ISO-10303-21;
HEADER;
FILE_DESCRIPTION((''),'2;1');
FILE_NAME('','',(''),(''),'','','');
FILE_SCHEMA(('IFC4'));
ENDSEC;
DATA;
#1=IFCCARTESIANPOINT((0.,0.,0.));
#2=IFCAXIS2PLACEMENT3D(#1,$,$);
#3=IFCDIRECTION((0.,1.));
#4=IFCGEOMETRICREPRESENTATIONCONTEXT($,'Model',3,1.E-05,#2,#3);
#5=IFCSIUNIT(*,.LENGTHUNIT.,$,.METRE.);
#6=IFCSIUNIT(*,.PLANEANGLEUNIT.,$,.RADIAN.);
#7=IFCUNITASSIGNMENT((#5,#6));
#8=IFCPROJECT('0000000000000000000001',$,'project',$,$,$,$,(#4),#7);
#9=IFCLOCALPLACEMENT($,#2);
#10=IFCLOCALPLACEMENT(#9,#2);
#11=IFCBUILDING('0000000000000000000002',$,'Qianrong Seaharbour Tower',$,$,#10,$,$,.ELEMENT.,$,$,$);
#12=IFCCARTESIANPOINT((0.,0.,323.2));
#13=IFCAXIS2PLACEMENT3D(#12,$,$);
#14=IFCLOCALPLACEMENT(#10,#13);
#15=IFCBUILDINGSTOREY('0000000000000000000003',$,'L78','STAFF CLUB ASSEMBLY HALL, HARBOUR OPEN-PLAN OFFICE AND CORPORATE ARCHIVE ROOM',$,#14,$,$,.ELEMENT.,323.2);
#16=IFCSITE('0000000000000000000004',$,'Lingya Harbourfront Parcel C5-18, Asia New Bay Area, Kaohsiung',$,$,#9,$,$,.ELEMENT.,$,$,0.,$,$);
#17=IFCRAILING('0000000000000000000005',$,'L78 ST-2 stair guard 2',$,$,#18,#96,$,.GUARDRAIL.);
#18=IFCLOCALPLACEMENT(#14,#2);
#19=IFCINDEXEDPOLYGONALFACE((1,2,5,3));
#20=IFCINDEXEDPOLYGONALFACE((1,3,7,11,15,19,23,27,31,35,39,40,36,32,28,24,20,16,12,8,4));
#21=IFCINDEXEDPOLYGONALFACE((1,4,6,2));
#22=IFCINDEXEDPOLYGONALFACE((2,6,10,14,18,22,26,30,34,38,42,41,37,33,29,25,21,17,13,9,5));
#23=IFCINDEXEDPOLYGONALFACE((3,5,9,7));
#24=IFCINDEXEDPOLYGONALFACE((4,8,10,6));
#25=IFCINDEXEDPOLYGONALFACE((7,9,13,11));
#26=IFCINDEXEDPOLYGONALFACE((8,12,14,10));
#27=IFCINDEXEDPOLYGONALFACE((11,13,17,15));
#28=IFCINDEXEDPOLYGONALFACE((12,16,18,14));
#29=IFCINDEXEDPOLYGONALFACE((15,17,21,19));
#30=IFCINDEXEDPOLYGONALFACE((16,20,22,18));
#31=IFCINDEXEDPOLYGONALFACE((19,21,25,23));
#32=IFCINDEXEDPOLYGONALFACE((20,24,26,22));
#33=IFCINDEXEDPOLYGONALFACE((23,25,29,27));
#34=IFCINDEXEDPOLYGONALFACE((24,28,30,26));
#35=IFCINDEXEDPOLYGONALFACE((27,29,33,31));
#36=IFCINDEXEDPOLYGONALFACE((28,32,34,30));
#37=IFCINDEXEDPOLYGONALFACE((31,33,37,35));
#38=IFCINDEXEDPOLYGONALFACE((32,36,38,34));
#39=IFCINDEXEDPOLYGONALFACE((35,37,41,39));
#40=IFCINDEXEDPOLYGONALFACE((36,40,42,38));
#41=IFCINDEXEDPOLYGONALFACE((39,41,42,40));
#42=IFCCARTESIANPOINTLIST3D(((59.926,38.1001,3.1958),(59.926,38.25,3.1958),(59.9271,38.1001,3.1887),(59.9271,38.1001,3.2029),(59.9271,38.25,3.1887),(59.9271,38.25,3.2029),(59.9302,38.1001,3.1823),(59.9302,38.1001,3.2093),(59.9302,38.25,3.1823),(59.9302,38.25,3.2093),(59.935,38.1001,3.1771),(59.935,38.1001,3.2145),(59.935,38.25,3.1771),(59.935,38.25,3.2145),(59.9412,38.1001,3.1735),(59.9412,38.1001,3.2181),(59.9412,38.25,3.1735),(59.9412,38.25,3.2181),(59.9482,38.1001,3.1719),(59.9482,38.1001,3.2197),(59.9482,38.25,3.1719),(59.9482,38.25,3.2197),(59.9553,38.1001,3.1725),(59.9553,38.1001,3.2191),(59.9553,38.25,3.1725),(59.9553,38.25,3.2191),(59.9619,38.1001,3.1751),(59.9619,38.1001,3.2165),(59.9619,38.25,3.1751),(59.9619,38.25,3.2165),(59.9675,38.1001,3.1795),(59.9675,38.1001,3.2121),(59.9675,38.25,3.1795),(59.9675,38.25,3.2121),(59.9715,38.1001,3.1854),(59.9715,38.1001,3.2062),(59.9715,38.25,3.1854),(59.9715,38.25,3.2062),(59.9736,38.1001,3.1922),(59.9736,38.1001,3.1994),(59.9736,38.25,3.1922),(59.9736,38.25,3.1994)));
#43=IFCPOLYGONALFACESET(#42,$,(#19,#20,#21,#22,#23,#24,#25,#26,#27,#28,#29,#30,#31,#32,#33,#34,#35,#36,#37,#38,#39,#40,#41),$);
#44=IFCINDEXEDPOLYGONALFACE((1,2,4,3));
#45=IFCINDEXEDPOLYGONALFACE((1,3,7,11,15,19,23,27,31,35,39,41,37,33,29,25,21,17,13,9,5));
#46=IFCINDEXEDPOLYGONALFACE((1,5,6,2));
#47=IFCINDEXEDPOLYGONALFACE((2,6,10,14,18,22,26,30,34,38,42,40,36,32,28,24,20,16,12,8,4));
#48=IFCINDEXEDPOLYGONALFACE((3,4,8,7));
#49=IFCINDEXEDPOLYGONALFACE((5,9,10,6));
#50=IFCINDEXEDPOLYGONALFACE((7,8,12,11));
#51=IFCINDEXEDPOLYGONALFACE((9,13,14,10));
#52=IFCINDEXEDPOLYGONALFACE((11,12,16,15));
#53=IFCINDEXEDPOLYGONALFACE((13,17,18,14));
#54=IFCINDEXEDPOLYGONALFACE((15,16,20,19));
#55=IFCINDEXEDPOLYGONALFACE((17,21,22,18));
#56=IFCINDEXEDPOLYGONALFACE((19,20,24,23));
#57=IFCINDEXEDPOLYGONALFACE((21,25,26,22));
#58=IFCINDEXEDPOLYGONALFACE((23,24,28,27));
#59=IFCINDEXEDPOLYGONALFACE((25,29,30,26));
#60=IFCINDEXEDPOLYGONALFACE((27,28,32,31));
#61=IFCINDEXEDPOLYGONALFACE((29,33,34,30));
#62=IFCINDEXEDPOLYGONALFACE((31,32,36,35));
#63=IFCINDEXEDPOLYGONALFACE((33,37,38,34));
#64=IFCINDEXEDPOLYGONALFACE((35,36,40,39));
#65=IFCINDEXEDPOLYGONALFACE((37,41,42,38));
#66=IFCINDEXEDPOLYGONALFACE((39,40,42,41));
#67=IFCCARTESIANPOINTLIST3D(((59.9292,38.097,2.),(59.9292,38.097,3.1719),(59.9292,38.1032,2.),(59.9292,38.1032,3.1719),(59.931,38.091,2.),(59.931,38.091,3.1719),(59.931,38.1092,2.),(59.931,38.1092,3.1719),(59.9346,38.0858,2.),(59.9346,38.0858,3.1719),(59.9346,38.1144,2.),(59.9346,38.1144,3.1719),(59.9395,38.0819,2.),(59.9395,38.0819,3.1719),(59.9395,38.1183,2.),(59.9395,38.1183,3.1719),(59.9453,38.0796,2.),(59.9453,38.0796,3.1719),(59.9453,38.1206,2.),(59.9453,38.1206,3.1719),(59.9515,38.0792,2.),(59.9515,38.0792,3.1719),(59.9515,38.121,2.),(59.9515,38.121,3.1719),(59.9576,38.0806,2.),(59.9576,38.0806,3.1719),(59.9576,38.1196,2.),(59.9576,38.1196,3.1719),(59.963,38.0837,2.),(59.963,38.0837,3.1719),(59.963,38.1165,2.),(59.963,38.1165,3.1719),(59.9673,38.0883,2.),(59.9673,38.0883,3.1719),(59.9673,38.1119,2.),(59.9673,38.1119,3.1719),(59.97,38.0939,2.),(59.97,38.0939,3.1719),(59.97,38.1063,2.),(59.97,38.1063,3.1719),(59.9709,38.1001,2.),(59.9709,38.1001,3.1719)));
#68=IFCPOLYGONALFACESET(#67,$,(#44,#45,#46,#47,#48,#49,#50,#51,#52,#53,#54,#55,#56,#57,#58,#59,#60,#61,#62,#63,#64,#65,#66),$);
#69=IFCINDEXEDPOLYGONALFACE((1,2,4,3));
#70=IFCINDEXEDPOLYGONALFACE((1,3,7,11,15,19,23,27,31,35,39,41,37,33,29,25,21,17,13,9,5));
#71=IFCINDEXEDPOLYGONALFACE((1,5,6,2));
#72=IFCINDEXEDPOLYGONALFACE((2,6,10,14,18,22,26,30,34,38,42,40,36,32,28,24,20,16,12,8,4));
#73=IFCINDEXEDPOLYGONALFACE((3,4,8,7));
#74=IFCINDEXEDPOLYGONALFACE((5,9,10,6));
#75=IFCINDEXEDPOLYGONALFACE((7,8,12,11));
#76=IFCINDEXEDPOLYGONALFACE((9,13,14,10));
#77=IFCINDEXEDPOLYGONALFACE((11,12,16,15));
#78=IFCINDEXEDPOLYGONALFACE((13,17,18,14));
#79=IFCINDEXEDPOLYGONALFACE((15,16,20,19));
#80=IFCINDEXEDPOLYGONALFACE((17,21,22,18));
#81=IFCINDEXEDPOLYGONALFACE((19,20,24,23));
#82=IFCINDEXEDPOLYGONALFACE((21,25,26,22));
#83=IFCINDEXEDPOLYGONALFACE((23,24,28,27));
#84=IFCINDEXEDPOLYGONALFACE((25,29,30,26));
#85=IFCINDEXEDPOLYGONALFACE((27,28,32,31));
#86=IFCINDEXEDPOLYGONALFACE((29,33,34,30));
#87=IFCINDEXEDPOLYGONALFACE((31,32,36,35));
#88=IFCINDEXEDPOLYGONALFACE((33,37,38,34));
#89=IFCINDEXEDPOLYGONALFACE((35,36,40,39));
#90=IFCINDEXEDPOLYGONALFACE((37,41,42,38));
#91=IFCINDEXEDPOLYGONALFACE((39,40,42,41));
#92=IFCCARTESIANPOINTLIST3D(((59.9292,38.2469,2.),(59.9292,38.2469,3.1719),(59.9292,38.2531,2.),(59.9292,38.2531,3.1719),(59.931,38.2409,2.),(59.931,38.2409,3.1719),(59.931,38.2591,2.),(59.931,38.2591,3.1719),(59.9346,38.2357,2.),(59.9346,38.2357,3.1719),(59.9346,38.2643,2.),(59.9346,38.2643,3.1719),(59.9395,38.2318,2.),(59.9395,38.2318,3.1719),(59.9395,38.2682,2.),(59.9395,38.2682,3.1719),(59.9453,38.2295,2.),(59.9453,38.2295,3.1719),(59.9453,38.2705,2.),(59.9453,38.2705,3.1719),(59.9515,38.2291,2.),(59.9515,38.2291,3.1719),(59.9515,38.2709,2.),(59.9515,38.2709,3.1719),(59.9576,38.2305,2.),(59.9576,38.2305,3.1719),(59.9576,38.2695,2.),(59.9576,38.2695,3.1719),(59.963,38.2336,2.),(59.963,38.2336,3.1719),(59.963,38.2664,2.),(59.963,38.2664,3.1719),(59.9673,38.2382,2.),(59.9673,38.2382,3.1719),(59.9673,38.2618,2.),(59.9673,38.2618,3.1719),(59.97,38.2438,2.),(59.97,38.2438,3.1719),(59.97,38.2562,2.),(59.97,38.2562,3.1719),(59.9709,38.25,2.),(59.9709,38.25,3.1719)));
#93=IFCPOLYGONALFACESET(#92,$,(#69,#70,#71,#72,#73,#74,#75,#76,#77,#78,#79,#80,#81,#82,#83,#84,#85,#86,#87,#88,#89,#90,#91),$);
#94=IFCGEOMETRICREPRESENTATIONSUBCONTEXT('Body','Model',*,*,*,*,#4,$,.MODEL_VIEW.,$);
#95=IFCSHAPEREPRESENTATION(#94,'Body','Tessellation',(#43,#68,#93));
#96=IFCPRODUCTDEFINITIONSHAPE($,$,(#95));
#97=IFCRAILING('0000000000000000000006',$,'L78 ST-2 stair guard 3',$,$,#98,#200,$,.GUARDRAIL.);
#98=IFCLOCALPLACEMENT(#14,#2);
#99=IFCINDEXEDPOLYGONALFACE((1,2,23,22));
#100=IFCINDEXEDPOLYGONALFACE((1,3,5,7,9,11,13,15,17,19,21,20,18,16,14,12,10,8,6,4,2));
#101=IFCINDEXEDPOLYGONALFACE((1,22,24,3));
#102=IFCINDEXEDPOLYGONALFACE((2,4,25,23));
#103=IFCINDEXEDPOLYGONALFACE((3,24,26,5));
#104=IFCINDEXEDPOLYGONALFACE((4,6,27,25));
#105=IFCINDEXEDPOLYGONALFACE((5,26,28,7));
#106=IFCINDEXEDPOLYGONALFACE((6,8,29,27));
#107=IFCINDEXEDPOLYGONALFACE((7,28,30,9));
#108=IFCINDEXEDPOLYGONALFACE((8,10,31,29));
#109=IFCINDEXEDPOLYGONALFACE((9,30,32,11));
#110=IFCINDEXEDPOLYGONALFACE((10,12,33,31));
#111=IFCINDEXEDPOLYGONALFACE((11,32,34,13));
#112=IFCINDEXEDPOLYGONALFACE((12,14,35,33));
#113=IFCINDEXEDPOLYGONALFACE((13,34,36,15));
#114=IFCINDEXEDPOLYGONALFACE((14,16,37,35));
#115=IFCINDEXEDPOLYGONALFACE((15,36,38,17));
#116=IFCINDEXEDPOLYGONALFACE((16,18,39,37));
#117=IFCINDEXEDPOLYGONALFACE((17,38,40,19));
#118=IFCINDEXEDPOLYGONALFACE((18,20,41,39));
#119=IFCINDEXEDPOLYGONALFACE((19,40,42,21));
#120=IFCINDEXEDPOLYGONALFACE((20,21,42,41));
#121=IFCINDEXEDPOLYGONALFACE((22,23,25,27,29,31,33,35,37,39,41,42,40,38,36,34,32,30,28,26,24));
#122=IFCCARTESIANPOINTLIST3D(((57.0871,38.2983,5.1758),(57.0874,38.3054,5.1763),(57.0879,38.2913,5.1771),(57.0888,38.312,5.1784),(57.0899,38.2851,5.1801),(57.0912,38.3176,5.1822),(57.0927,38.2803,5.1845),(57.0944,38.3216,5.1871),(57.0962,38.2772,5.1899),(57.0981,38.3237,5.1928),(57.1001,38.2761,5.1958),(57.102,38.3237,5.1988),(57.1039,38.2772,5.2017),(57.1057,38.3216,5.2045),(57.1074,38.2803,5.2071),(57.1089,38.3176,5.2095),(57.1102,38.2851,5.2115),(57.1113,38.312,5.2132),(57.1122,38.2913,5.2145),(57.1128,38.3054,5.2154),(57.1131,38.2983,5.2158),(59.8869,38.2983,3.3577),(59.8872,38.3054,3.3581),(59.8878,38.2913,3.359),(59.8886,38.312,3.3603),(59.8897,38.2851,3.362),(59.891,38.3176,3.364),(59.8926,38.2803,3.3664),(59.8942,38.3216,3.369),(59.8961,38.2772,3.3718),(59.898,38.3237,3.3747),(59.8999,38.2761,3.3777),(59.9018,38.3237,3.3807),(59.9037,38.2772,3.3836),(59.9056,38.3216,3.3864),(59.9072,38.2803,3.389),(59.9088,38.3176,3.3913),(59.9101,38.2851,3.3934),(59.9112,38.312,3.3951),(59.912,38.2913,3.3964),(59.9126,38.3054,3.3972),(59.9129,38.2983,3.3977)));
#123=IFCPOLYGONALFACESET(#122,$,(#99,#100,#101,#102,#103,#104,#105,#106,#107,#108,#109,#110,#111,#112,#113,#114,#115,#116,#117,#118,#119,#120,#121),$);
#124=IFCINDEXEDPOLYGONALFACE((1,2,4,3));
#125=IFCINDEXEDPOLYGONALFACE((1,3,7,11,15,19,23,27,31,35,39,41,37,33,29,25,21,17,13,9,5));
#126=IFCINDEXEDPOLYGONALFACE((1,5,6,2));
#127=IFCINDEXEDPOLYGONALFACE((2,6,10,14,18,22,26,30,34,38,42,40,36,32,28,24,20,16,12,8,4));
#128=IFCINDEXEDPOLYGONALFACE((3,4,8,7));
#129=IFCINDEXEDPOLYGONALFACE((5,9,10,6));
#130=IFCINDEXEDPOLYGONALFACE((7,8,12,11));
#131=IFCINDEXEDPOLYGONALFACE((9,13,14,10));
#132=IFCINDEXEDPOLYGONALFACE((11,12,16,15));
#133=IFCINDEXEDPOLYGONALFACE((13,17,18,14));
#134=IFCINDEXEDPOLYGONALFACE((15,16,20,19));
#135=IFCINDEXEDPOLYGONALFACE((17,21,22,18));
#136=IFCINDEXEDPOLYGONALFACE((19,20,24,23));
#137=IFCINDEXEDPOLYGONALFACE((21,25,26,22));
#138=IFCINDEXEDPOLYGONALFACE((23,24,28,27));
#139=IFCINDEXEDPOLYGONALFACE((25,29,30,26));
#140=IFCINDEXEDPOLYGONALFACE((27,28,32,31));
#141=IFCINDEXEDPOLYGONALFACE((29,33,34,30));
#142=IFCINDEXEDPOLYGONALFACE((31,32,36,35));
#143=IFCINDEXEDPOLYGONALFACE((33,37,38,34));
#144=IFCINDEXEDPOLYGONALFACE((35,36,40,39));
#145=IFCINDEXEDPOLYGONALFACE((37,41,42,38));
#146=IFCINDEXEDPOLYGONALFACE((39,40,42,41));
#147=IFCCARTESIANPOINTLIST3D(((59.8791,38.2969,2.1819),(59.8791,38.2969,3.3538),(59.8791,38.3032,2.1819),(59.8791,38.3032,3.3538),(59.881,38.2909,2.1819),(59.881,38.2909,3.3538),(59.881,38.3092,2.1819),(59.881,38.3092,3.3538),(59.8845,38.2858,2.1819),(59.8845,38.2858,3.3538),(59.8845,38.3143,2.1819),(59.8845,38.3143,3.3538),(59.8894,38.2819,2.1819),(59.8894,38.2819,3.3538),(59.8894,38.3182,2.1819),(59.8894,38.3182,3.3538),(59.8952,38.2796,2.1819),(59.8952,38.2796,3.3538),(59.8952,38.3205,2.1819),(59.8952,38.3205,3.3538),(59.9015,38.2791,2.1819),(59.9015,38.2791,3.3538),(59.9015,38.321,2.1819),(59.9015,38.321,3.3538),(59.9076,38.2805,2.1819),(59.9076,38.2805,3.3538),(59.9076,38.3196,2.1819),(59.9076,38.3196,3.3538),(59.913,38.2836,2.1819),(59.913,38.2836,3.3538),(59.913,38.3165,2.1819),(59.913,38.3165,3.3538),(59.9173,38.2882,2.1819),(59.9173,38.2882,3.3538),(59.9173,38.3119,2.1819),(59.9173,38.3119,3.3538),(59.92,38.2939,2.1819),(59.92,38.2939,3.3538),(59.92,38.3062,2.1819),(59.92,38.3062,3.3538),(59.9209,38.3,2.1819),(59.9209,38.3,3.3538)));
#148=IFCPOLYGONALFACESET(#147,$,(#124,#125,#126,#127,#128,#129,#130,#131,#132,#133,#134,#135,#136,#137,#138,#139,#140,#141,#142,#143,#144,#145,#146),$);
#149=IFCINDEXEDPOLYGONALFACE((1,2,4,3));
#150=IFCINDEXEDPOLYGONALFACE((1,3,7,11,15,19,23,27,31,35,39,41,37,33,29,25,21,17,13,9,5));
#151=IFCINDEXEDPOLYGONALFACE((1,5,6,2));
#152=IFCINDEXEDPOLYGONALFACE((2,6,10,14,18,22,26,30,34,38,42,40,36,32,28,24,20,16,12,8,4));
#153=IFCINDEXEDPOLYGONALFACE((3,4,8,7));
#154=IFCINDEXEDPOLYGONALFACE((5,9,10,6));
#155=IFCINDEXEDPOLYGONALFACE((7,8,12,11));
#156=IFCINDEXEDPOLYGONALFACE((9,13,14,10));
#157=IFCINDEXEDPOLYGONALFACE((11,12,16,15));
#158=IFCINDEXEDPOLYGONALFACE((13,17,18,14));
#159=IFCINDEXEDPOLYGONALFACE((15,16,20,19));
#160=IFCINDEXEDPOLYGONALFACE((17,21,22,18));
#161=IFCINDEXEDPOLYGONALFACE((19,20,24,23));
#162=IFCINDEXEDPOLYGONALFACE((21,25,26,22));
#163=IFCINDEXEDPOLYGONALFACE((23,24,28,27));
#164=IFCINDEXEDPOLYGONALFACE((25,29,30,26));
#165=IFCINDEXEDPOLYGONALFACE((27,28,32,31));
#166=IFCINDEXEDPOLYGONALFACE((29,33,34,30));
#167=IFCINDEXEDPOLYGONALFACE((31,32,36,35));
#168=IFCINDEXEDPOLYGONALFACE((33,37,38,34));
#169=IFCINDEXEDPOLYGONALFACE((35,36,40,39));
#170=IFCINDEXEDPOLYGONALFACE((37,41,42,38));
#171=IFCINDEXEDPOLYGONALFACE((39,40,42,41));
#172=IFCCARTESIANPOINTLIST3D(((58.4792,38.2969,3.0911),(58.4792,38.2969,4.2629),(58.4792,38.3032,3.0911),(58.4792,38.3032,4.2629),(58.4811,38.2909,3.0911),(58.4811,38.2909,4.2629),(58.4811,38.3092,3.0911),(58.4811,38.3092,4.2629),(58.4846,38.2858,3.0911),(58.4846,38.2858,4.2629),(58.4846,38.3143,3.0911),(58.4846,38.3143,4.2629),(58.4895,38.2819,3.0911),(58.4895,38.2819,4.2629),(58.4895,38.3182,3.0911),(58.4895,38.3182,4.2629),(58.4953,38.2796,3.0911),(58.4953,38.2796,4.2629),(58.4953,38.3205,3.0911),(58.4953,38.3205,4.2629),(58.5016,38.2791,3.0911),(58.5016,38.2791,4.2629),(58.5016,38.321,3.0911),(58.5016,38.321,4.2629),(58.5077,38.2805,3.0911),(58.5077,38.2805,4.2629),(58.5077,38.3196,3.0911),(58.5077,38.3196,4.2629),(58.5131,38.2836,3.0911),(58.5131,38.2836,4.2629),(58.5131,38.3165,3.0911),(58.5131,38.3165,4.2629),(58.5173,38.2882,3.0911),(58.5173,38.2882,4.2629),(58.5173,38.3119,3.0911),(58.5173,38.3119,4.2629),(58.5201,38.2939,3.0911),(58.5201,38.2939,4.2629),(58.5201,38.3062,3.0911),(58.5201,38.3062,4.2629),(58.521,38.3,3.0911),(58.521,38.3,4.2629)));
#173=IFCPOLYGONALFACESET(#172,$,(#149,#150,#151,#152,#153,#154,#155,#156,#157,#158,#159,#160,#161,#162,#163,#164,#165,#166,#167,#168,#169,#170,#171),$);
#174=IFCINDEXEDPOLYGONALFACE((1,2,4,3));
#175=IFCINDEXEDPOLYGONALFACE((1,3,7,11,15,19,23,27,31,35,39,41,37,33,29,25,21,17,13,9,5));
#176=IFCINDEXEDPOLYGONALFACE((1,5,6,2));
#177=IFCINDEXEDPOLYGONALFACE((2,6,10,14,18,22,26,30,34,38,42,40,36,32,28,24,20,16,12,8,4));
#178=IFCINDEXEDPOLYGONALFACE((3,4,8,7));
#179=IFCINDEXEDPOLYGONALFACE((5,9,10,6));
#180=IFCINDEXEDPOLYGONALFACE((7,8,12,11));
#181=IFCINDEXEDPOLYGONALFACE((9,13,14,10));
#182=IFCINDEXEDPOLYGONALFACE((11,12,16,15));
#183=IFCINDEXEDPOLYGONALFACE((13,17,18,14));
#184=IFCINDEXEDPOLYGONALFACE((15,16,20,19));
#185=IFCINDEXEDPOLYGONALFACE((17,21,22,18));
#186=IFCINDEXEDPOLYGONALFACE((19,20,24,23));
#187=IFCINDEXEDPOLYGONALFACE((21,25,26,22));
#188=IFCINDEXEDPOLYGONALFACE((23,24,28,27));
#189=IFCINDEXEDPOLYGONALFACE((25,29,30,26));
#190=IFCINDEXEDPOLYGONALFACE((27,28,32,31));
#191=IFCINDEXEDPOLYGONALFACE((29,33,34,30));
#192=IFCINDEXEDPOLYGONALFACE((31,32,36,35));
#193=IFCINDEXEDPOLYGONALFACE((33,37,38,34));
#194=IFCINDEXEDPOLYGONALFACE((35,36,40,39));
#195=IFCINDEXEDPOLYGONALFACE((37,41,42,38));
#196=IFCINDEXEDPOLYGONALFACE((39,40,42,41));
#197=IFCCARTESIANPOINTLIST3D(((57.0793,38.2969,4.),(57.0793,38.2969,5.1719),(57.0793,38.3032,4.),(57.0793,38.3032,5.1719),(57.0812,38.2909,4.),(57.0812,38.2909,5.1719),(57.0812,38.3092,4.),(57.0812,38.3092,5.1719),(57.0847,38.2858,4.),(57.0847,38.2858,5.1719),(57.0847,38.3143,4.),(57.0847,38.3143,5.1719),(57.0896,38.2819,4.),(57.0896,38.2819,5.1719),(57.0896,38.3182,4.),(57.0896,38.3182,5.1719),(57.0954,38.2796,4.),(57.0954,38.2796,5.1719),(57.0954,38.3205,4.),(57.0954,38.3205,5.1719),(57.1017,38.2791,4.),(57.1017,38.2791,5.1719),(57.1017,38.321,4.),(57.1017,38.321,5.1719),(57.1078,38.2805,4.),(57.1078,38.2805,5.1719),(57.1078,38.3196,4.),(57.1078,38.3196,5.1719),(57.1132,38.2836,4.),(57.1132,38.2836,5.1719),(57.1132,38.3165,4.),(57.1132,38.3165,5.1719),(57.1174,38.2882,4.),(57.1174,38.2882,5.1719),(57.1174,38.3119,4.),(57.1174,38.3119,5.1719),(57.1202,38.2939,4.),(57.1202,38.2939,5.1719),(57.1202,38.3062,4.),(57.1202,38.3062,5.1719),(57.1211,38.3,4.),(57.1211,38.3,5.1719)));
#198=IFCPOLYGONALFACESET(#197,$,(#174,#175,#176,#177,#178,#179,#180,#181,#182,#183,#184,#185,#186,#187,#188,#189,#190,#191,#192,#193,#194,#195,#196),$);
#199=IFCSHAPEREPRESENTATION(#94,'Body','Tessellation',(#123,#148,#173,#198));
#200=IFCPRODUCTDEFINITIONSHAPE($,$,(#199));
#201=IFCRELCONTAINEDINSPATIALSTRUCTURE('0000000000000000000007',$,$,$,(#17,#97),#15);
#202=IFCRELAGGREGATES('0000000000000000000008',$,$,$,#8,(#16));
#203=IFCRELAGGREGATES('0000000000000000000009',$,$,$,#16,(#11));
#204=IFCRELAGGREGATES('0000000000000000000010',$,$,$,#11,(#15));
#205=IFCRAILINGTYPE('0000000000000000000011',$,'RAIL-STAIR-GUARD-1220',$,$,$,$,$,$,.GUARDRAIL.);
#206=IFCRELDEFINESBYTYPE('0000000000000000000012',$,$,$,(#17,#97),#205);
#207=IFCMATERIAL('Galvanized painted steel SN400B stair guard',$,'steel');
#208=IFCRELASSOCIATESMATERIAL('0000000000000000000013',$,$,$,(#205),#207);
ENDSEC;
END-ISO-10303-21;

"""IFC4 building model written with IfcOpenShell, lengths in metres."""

from ifc_helpers import new_model, si_unit, direction, frame, origin, origin_2d, place, context, subcontext, project, spatial, circle, extrude, material, type_object, element, save


model = new_model("IFC4")

# Units and contexts
model_context = context("Model", 3, precision=1e-05, world=origin(), true_north=direction((0.0, 1.0)))
body_context = subcontext(model_context, "Body", "Model", "MODEL_VIEW")
ifc_project = project(units=[si_unit("LENGTHUNIT", "METRE"), si_unit("PLANEANGLEUNIT", "RADIAN")], contexts=[model_context])

# Site, building, storey
site_placement = place(None, origin())
site = spatial("IfcSite", under=ifc_project, at=site_placement, Name="Lingya Harbourfront Parcel C5-18, Asia New Bay Area, Kaohsiung", CompositionType="ELEMENT", RefElevation=0.0)
building_placement = place(site_placement, origin())
building = spatial("IfcBuilding", under=site, at=building_placement, Name="Qianrong Seaharbour Tower", CompositionType="ELEMENT")
storey_placement = place(building_placement, frame((0.0, 0.0, 323.2)))
storey = spatial("IfcBuildingStorey", under=building, at=storey_placement, Name="L78", Description="STAFF CLUB ASSEMBLY HALL, HARBOUR OPEN-PLAN OFFICE AND CORPORATE ARCHIVE ROOM", CompositionType="ELEMENT", Elevation=323.2)

# Railings
ifc_material_1 = material(Name="Galvanized painted steel SN400B stair guard", Category="steel")
railing_type_1 = type_object("IfcRailingType", Name="RAIL-STAIR-GUARD-1220", PredefinedType="GUARDRAIL", material=ifc_material_1)
railing_1_placement = place(storey_placement, frame((59.95, 38.1001, 2.0)))
element("IfcRailing", 1, at=railing_1_placement, inside=storey, type_object=railing_type_1, Name="L78 ST-2 stair guard 2", PredefinedType="GUARDRAIL", context=body_context, shape_type="SweptSolid", body=[
    extrude(circle(Radius=0.0239, at=origin_2d()), frame((0.0, 0.0, 1.1958), z_axis=(0.0, 1.0, 0.0), x_axis=(-1.0, 0.0, 0.0)), (0.0, 0.0, 1.0), 0.1499),
    extrude(circle(Radius=0.021, at=origin_2d()), origin(), (0.0, 0.0, 1.0), 1.1719),
    extrude(circle(Radius=0.021, at=origin_2d()), frame((0.0, 0.1499, 0.0)), (0.0, 0.0, 1.0), 1.1719),
])
railing_2_placement = place(storey_placement, frame((59.8999, 38.3, 2.1819)))
element("IfcRailing", 2, at=railing_2_placement, inside=storey, type_object=railing_type_1, Name="L78 ST-2 stair guard 3", PredefinedType="GUARDRAIL", context=body_context, shape_type="SweptSolid", body=[
    extrude(circle(Radius=0.0239, at=origin_2d()), frame((0.0, 0.0, 1.1958), z_axis=(-0.838684, 0.0, 0.544618), x_axis=(0.0, -1.0, 0.0)), (0.0, 0.0, 1.0), 3.3384),
    extrude(circle(Radius=0.021, at=origin_2d()), origin(), (0.0, 0.0, 1.0), 1.1719),
    extrude(circle(Radius=0.021, at=origin_2d()), frame((-1.3999, 0.0, 0.9092)), (0.0, 0.0, 1.0), 1.1719),
    extrude(circle(Radius=0.021, at=origin_2d()), frame((-2.7998, 0.0, 1.8181)), (0.0, 0.0, 1.0), 1.1719),
])

save(model, "model.ifc")
